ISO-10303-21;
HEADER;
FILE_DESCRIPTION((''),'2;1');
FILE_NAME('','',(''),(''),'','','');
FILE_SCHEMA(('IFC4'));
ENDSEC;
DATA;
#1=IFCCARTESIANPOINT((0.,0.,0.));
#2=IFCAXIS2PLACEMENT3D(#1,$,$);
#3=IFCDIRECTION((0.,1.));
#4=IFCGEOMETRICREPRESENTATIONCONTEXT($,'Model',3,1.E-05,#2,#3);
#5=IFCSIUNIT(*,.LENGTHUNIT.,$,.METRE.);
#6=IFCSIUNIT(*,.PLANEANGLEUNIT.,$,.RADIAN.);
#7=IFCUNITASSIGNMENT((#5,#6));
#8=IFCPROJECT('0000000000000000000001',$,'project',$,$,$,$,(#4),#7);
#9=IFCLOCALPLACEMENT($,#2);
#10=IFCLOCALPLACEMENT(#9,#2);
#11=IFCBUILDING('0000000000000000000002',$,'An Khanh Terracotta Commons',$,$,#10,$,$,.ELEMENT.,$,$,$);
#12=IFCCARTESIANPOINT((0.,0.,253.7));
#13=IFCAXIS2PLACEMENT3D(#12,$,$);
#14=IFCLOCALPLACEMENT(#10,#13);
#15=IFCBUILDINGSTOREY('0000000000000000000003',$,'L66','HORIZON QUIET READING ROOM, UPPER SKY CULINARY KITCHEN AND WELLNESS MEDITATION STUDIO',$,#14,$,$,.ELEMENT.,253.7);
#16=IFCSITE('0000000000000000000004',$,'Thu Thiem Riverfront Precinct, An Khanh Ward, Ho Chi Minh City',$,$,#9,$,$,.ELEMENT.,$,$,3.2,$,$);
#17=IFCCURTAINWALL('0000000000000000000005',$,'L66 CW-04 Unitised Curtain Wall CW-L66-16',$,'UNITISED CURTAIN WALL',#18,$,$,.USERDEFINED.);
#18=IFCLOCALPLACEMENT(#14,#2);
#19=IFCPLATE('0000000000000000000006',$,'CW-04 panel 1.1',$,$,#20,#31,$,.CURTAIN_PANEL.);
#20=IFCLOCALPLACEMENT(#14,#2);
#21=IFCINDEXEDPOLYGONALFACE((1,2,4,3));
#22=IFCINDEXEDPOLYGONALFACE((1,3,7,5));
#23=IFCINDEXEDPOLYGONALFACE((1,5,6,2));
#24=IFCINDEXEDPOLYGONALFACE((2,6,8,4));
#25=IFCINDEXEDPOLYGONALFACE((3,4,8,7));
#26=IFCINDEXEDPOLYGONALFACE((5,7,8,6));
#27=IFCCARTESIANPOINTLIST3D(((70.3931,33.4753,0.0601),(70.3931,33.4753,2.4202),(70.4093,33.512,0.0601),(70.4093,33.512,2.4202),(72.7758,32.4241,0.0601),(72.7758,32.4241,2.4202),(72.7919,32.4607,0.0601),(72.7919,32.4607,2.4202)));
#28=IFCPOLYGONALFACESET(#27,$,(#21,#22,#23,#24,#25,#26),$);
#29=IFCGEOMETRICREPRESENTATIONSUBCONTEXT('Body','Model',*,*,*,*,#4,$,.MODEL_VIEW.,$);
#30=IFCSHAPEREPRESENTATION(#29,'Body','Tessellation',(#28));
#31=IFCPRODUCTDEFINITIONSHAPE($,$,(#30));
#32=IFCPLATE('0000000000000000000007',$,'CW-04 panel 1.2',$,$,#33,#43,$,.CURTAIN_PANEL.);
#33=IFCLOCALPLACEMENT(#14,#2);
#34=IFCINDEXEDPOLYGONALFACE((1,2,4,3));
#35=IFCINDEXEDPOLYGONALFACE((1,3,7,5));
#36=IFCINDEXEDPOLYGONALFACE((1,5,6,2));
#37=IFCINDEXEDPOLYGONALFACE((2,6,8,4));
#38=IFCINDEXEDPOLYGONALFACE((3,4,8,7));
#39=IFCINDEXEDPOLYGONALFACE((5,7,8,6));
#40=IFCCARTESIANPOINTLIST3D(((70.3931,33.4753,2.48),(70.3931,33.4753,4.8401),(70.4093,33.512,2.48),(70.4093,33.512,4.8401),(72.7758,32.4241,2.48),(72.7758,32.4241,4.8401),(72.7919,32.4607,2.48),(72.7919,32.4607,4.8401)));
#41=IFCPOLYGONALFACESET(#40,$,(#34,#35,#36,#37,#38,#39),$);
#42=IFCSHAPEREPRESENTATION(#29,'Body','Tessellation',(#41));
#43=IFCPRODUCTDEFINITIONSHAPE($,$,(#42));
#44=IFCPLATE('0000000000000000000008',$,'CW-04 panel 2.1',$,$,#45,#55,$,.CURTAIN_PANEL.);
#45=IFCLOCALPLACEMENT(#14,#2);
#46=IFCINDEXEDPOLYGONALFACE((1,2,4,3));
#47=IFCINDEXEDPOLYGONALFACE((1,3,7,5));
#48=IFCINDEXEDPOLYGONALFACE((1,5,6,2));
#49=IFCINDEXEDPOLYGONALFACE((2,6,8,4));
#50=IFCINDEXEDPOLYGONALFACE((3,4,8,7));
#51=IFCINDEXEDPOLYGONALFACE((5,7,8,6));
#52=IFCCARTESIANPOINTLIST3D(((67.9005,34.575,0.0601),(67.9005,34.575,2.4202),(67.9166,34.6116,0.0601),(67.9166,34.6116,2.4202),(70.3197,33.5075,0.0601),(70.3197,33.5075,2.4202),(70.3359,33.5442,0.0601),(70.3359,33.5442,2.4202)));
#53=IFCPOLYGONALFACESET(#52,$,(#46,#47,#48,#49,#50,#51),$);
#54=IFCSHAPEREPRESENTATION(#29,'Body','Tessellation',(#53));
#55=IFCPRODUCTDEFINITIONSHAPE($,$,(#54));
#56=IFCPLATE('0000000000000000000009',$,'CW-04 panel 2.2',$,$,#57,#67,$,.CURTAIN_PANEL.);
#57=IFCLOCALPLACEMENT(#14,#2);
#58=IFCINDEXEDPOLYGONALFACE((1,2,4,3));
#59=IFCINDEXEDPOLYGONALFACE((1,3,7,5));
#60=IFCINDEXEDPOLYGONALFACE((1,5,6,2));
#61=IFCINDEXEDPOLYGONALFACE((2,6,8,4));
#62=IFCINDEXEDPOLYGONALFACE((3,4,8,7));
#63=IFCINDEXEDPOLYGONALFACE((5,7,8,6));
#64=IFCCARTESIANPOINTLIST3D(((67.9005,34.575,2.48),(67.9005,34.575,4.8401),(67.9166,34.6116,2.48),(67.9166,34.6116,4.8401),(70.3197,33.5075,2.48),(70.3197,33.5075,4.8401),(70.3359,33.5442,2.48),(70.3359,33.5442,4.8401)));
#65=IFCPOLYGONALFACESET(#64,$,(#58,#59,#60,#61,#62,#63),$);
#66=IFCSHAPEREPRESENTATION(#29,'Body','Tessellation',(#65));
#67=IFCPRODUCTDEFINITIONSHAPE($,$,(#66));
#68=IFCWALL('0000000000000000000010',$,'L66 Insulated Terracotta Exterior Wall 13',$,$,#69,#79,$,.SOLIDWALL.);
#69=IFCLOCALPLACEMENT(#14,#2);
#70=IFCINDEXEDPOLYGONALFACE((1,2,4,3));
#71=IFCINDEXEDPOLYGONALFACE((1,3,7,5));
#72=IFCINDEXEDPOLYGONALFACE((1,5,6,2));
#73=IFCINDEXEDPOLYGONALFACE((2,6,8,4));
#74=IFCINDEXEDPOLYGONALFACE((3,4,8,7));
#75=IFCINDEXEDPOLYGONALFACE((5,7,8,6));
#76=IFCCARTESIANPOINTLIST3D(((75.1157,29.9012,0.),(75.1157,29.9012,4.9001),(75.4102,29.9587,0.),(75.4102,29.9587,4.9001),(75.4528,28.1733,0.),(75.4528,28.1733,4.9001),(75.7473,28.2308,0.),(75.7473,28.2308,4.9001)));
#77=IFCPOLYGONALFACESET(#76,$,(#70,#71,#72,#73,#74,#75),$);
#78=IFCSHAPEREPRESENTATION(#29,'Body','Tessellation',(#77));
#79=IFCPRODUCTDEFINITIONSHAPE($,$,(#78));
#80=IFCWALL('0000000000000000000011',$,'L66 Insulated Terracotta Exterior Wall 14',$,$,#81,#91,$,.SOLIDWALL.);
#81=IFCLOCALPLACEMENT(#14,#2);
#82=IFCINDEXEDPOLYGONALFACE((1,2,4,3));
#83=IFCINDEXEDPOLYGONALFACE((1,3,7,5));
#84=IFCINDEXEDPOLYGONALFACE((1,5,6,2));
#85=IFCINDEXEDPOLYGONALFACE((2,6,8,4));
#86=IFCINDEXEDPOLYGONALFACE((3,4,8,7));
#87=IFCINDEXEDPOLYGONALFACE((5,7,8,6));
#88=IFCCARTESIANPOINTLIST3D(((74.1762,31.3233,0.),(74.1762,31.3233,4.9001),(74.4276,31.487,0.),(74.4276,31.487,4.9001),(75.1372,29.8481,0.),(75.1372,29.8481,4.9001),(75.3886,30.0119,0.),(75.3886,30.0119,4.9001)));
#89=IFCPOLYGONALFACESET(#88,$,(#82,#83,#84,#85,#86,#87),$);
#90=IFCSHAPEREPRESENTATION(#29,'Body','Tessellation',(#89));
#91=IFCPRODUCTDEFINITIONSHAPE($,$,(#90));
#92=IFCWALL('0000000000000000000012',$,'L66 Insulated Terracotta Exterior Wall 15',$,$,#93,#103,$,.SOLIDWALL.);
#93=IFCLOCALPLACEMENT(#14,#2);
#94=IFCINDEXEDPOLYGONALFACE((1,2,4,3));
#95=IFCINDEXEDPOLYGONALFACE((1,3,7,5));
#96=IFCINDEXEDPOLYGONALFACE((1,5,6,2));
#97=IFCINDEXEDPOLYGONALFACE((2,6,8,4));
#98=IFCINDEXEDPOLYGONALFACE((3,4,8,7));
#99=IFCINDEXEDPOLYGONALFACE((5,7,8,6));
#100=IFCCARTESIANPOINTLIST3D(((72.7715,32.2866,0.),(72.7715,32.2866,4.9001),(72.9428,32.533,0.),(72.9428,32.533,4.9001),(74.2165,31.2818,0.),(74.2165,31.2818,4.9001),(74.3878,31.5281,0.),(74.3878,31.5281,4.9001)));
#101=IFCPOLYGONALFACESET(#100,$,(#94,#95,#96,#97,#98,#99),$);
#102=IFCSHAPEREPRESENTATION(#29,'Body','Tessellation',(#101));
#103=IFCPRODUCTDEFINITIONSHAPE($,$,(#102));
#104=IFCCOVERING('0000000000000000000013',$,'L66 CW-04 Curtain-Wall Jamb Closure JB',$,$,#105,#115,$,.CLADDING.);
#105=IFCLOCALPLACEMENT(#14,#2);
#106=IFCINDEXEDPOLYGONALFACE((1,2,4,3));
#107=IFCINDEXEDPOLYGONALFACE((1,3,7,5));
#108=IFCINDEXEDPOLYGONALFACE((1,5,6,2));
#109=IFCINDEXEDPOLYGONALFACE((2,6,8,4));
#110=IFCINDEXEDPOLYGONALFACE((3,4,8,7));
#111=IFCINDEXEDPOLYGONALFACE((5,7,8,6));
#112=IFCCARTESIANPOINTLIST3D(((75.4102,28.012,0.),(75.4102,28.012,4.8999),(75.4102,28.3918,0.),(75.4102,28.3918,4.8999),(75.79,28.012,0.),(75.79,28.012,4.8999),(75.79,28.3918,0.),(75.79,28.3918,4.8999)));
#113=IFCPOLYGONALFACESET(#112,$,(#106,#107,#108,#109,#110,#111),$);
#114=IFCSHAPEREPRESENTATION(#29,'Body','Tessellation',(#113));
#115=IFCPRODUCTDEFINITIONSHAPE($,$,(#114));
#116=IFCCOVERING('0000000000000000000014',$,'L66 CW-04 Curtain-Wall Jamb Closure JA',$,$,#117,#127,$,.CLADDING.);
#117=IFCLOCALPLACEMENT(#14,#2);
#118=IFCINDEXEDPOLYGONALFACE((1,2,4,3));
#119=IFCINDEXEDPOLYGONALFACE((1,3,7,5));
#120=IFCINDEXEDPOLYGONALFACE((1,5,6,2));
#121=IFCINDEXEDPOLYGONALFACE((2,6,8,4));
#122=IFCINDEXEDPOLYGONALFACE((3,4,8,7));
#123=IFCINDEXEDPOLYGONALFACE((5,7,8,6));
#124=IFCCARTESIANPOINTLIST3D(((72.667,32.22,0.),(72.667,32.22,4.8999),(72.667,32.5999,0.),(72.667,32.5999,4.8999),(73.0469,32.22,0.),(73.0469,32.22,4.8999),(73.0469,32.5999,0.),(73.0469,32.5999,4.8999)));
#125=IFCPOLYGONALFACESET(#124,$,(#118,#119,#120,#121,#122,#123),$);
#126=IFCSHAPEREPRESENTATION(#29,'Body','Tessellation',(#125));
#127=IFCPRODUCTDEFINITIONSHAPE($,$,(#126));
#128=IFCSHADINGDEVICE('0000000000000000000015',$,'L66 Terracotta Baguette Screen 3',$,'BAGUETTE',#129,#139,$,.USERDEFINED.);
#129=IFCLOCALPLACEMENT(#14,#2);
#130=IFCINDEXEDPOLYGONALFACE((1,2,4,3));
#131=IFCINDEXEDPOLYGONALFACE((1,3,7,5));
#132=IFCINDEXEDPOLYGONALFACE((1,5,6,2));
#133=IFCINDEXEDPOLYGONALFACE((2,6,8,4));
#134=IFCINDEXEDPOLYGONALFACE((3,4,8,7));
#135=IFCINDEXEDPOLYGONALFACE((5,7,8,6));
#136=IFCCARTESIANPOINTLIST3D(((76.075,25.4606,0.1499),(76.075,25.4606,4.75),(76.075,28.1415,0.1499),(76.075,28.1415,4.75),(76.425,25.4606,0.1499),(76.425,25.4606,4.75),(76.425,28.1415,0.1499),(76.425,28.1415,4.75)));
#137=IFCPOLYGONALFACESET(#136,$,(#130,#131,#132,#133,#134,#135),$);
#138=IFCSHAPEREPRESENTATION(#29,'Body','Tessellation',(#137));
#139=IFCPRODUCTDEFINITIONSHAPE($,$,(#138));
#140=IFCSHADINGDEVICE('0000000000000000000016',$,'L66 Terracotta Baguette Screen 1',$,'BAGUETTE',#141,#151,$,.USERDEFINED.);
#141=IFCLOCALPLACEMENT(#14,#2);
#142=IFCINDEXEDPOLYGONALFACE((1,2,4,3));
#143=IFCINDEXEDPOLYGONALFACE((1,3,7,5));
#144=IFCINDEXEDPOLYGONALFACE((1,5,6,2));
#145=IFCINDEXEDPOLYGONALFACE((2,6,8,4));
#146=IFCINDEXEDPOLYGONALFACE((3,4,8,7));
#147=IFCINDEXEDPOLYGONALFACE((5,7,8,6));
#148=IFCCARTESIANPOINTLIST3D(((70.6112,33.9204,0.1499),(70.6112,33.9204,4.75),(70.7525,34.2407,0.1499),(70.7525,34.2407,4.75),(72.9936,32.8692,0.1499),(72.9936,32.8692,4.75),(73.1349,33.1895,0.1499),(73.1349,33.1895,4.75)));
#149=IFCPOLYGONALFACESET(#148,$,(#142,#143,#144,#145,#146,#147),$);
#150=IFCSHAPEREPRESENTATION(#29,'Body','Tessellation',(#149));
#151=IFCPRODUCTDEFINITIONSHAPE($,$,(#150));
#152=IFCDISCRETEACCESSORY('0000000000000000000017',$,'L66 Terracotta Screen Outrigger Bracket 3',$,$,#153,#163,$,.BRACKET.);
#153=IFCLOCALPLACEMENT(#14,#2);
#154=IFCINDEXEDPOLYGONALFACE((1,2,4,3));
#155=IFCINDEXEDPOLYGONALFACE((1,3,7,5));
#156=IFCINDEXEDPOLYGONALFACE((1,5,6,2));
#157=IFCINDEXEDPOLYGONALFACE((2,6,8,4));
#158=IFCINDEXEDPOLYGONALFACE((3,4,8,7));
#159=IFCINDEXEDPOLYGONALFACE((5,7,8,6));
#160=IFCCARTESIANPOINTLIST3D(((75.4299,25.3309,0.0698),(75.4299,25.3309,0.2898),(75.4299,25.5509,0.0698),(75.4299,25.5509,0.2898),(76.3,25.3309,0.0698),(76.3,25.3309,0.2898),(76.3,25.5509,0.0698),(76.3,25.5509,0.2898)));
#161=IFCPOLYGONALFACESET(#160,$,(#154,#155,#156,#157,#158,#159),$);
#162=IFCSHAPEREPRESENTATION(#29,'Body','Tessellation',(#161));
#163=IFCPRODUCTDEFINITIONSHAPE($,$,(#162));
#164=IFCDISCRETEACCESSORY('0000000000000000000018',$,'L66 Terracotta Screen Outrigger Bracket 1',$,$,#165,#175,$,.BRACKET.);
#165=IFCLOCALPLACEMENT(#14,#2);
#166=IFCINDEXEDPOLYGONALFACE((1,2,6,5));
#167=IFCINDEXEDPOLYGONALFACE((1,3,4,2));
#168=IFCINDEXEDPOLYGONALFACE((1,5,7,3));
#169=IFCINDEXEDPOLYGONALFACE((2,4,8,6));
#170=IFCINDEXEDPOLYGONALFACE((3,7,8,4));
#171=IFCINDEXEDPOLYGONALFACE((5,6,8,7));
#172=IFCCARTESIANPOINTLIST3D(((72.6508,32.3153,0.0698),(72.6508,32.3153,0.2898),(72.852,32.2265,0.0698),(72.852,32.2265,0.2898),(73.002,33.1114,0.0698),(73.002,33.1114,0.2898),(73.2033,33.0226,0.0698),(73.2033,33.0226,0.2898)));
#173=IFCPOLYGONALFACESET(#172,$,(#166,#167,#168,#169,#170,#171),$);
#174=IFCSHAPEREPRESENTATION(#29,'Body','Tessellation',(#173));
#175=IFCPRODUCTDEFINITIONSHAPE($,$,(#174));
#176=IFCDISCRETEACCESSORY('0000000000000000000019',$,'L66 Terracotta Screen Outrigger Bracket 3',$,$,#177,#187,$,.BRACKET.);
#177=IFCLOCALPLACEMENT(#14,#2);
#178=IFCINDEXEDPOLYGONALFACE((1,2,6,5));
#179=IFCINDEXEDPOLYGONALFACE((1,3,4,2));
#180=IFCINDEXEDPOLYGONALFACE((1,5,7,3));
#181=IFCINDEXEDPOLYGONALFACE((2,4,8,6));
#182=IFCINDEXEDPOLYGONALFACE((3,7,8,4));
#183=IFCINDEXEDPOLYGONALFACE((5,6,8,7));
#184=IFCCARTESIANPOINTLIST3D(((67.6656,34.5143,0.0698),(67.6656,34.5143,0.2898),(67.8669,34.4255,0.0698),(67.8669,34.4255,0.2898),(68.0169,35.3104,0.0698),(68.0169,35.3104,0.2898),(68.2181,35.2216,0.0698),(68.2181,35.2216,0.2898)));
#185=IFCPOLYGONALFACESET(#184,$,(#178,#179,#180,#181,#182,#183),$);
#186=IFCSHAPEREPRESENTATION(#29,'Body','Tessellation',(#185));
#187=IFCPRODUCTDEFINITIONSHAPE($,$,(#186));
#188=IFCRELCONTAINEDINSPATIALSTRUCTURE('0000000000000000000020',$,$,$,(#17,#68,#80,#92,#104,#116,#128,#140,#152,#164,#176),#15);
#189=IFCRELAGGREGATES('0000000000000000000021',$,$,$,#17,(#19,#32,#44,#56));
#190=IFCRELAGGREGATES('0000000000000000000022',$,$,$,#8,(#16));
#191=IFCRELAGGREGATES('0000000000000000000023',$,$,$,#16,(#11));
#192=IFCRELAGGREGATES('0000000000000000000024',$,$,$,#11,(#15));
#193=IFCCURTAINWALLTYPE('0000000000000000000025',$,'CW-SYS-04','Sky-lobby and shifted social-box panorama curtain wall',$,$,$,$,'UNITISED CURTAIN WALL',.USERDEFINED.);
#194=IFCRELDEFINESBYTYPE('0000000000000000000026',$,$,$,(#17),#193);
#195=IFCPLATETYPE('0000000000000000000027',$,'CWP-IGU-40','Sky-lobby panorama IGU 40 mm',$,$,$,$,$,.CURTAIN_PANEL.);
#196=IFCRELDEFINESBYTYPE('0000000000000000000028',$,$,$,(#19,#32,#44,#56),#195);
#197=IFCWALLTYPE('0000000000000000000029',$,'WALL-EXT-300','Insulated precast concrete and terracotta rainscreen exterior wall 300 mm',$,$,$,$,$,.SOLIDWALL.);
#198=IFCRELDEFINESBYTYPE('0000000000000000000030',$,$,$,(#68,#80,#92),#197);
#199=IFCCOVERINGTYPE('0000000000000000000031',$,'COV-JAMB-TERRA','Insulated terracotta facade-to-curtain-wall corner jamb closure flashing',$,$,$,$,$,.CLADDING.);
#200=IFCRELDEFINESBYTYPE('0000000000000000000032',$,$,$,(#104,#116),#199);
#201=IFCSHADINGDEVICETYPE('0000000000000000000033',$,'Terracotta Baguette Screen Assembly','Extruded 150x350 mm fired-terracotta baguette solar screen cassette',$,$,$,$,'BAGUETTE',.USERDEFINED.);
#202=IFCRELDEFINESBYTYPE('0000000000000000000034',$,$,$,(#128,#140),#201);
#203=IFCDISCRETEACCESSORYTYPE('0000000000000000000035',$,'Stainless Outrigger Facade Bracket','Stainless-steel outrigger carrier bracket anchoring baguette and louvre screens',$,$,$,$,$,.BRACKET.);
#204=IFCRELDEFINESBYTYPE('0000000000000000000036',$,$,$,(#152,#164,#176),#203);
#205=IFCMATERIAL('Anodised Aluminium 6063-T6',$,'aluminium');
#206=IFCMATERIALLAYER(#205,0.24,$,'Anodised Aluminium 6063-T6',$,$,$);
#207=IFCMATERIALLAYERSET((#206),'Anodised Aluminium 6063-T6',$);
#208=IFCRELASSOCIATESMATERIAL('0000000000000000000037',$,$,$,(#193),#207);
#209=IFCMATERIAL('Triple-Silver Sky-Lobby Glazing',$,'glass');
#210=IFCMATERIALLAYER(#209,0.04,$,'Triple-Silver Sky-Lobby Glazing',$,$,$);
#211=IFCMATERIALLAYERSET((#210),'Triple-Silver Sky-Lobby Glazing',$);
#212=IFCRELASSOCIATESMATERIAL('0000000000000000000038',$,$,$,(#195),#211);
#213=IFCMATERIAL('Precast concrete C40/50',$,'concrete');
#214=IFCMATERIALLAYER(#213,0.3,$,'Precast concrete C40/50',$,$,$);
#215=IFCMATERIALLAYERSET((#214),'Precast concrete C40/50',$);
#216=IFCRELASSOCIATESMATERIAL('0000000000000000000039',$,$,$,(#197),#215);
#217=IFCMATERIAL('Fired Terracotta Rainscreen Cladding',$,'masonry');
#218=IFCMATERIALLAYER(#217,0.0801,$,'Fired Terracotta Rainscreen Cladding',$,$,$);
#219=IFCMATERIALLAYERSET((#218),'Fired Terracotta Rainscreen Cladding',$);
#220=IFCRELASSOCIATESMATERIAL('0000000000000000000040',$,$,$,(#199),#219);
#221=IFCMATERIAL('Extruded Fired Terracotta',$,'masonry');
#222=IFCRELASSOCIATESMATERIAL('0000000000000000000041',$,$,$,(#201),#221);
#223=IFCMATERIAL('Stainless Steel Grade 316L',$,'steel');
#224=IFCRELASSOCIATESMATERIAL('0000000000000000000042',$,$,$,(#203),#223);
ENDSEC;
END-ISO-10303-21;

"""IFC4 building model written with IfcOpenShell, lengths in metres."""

from ifc_helpers import new_model, si_unit, direction, frame, frame_2d, origin, origin_2d, place, context, subcontext, project, spatial, rectangle, extrude, material, layer, layer_set, type_object, element, aggregate, save


model = new_model("IFC4")

# Units and contexts
model_context = context("Model", 3, precision=1e-05, world=origin(), true_north=direction((0.0, 1.0)))
body_context = subcontext(model_context, "Body", "Model", "MODEL_VIEW")
ifc_project = project(units=[si_unit("LENGTHUNIT", "METRE"), si_unit("PLANEANGLEUNIT", "RADIAN")], contexts=[model_context])

# Site, building, storey
site_placement = place(None, origin())
site = spatial("IfcSite", under=ifc_project, at=site_placement, Name="Thu Thiem Riverfront Precinct, An Khanh Ward, Ho Chi Minh City", CompositionType="ELEMENT", RefElevation=3.2)
building_placement = place(site_placement, origin())
building = spatial("IfcBuilding", under=site, at=building_placement, Name="An Khanh Terracotta Commons", CompositionType="ELEMENT")
storey_placement = place(building_placement, frame((0.0, 0.0, 253.7)))
storey = spatial("IfcBuildingStorey", under=building, at=storey_placement, Name="L66", Description="HORIZON QUIET READING ROOM, UPPER SKY CULINARY KITCHEN AND WELLNESS MEDITATION STUDIO", CompositionType="ELEMENT", Elevation=253.7)

# Curtain wall
ifc_material_1 = material(Name="Anodised Aluminium 6063-T6", Category="aluminium")
ifc_layer_1 = layer(ifc_material_1, 0.24, Name="Anodised Aluminium 6063-T6")
ifc_layer_set_1 = layer_set([ifc_layer_1], Name="Anodised Aluminium 6063-T6")
curtain_wall_type = type_object("IfcCurtainWallType", Name="CW-SYS-04", Description="Sky-lobby and shifted social-box panorama curtain wall", ElementType="UNITISED CURTAIN WALL", PredefinedType="USERDEFINED", material=ifc_layer_set_1)
curtain_wall_1_placement = place(storey_placement, origin())
curtain_wall_1 = element("IfcCurtainWall", 1, at=curtain_wall_1_placement, inside=storey, type_object=curtain_wall_type, Name="L66 CW-04 Unitised Curtain Wall CW-L66-16", ObjectType="UNITISED CURTAIN WALL", PredefinedType="USERDEFINED")

# Plates
ifc_material_2 = material(Name="Triple-Silver Sky-Lobby Glazing", Category="glass")
ifc_layer_2 = layer(ifc_material_2, 0.04, Name="Triple-Silver Sky-Lobby Glazing")
ifc_layer_set_2 = layer_set([ifc_layer_2], Name="Triple-Silver Sky-Lobby Glazing")
plate_type = type_object("IfcPlateType", Name="CWP-IGU-40", Description="Sky-lobby panorama IGU 40 mm", PredefinedType="CURTAIN_PANEL", material=ifc_layer_set_2)
plate_1_placement = place(storey_placement, frame((71.5925, 32.968, 0.0601), z_axis=(0.0, 0.0, 1.0), x_axis=(-0.914902, 0.403676, 0.0)))
plate_1 = element("IfcPlate", 2, at=plate_1_placement, type_object=plate_type, Name="CW-04 panel 1.1", PredefinedType="CURTAIN_PANEL", context=body_context, shape_type="SweptSolid", body=[
    extrude(rectangle(XDim=2.6042, YDim=0.04, at=origin_2d()), origin(), (0.0, 0.0, 1.0), 2.3601),
])
plate_2_placement = place(storey_placement, frame((71.5925, 32.968, 2.48), z_axis=(0.0, 0.0, 1.0), x_axis=(-0.914902, 0.403676, 0.0)))
plate_2 = element("IfcPlate", 3, at=plate_2_placement, type_object=plate_type, Name="CW-04 panel 1.2", PredefinedType="CURTAIN_PANEL", context=body_context, shape_type="SweptSolid", body=[
    extrude(rectangle(XDim=2.6042, YDim=0.04, at=origin_2d()), origin(), (0.0, 0.0, 1.0), 2.3601),
])
plate_3_placement = place(storey_placement, frame((69.1182, 34.0596, 0.0601), z_axis=(0.0, 0.0, 1.0), x_axis=(-0.914902, 0.403676, 0.0)))
plate_3 = element("IfcPlate", 4, at=plate_3_placement, type_object=plate_type, Name="CW-04 panel 2.1", PredefinedType="CURTAIN_PANEL", context=body_context, shape_type="SweptSolid", body=[
    extrude(rectangle(XDim=2.6443, YDim=0.04, at=origin_2d()), origin(), (0.0, 0.0, 1.0), 2.3601),
])
plate_4_placement = place(storey_placement, frame((69.1182, 34.0596, 2.48), z_axis=(0.0, 0.0, 1.0), x_axis=(-0.914902, 0.403676, 0.0)))
plate_4 = element("IfcPlate", 5, at=plate_4_placement, type_object=plate_type, Name="CW-04 panel 2.2", PredefinedType="CURTAIN_PANEL", context=body_context, shape_type="SweptSolid", body=[
    extrude(rectangle(XDim=2.6443, YDim=0.04, at=origin_2d()), origin(), (0.0, 0.0, 1.0), 2.3601),
])
aggregate(curtain_wall_1, [plate_1, plate_2, plate_3, plate_4])

# Walls
ifc_material_3 = material(Name="Precast concrete C40/50", Category="concrete")
ifc_layer_3 = layer(ifc_material_3, 0.3, Name="Precast concrete C40/50")
ifc_layer_set_3 = layer_set([ifc_layer_3], Name="Precast concrete C40/50")
wall_type = type_object("IfcWallType", Name="WALL-EXT-300", Description="Insulated precast concrete and terracotta rainscreen exterior wall 300 mm", PredefinedType="SOLIDWALL", material=ifc_layer_set_3)
for number, where, z_axis, x_axis, name in (
    (6, (75.6001, 28.2019, 0.0), (0.0, 0.0, 1.0), (-0.191501, 0.981492, 0.0), "L66 Insulated Terracotta Exterior Wall 13"),
    (7, (75.2629, 29.9299, 0.0), (0.0, 0.0, 1.0), (-0.545836, 0.837892, 0.0), "L66 Insulated Terracotta Exterior Wall 14"),
):
    element("IfcWall", number, at=place(storey_placement, frame(where, z_axis=z_axis, x_axis=x_axis)), inside=storey, type_object=wall_type, Name=name, PredefinedType="SOLIDWALL", context=body_context, shape_type="SweptSolid", body=[
        extrude(rectangle(XDim=1.7605, YDim=0.3, at=frame_2d((0.8804, 0.0))), origin(), (0.0, 0.0, 1.0), 4.9001),
    ])
wall_placement = place(storey_placement, frame((74.302, 31.405, 0.0), z_axis=(0.0, 0.0, 1.0), x_axis=(-0.821007, 0.570918, 0.0)))
element("IfcWall", 8, at=wall_placement, inside=storey, type_object=wall_type, Name="L66 Insulated Terracotta Exterior Wall 15", PredefinedType="SOLIDWALL", context=body_context, shape_type="SweptSolid", body=[
    extrude(rectangle(XDim=1.76, YDim=0.3, at=frame_2d((0.8799, 0.0))), origin(), (0.0, 0.0, 1.0), 4.9001),
])

# Coverings
ifc_material_4 = material(Name="Fired Terracotta Rainscreen Cladding", Category="masonry")
ifc_layer_4 = layer(ifc_material_4, 0.0801, Name="Fired Terracotta Rainscreen Cladding")
ifc_layer_set_4 = layer_set([ifc_layer_4], Name="Fired Terracotta Rainscreen Cladding")
covering_type = type_object("IfcCoveringType", Name="COV-JAMB-TERRA", Description="Insulated terracotta facade-to-curtain-wall corner jamb closure flashing", PredefinedType="CLADDING", material=ifc_layer_set_4)
for number, where, z_axis, x_axis, name in (
    (9, (75.6001, 28.2019, 0.0), (0.0, 0.0, 1.0), (1.0, 0.0, 0.0), "L66 CW-04 Curtain-Wall Jamb Closure JB"),
    (10, (72.8569, 32.4099, 0.0), (0.0, 0.0, 1.0), (1.0, 0.0, 0.0), "L66 CW-04 Curtain-Wall Jamb Closure JA"),
):
    element("IfcCovering", number, at=place(storey_placement, frame(where, z_axis=z_axis, x_axis=x_axis)), inside=storey, type_object=covering_type, Name=name, PredefinedType="CLADDING", context=body_context, shape_type="SweptSolid", body=[
        extrude(rectangle(XDim=0.3799, YDim=0.3799, at=origin_2d()), origin(), (0.0, 0.0, 1.0), 4.8999),
    ])

# Shading devices
ifc_material_5 = material(Name="Extruded Fired Terracotta", Category="masonry")
shading_device_type = type_object("IfcShadingDeviceType", Name="Terracotta Baguette Screen Assembly", Description="Extruded 150x350 mm fired-terracotta baguette solar screen cassette", ElementType="BAGUETTE", PredefinedType="USERDEFINED", material=ifc_material_5)
shading_device_1_placement = place(storey_placement, frame((76.25, 26.801, 0.1499), z_axis=(0.0, 0.0, 1.0), x_axis=(0.0, 1.0, 0.0)))
element("IfcShadingDevice", 11, at=shading_device_1_placement, inside=storey, type_object=shading_device_type, Name="L66 Terracotta Baguette Screen 3", ObjectType="BAGUETTE", PredefinedType="USERDEFINED", context=body_context, shape_type="SweptSolid", body=[
    extrude(rectangle(XDim=2.6809, YDim=0.3501, at=origin_2d()), origin(), (0.0, 0.0, 1.0), 4.6001),
])
shading_device_2_placement = place(storey_placement, frame((71.873, 33.5549, 0.1499), z_axis=(0.0, 0.0, 1.0), x_axis=(-0.914902, 0.403676, 0.0)))
element("IfcShadingDevice", 12, at=shading_device_2_placement, inside=storey, type_object=shading_device_type, Name="L66 Terracotta Baguette Screen 1", ObjectType="BAGUETTE", PredefinedType="USERDEFINED", context=body_context, shape_type="SweptSolid", body=[
    extrude(rectangle(XDim=2.604, YDim=0.3501, at=origin_2d()), origin(), (0.0, 0.0, 1.0), 4.6001),
])

# Discrete accessories
ifc_material_6 = material(Name="Stainless Steel Grade 316L", Category="steel")
discrete_accessory_type = type_object("IfcDiscreteAccessoryType", Name="Stainless Outrigger Facade Bracket", Description="Stainless-steel outrigger carrier bracket anchoring baguette and louvre screens", PredefinedType="BRACKET", material=ifc_material_6)
for number, where, z_axis, x_axis, name in (
    (13, (75.865, 25.4409, 0.0698), (0.0, 0.0, 1.0), (0.0, 1.0, 0.0), "L66 Terracotta Screen Outrigger Bracket 3"),
    (14, (72.927, 32.6689, 0.0698), (0.0, 0.0, 1.0), (-0.914902, 0.403676, 0.0), "L66 Terracotta Screen Outrigger Bracket 1"),
    (15, (67.9419, 34.8679, 0.0698), (0.0, 0.0, 1.0), (-0.914902, 0.403676, 0.0), "L66 Terracotta Screen Outrigger Bracket 3"),
):
    element("IfcDiscreteAccessory", number, at=place(storey_placement, frame(where, z_axis=z_axis, x_axis=x_axis)), inside=storey, type_object=discrete_accessory_type, Name=name, PredefinedType="BRACKET", context=body_context, shape_type="SweptSolid", body=[
        extrude(rectangle(XDim=0.22, YDim=0.8701, at=origin_2d()), origin(), (0.0, 0.0, 1.0), 0.22),
    ])

save(model, "model.ifc")
